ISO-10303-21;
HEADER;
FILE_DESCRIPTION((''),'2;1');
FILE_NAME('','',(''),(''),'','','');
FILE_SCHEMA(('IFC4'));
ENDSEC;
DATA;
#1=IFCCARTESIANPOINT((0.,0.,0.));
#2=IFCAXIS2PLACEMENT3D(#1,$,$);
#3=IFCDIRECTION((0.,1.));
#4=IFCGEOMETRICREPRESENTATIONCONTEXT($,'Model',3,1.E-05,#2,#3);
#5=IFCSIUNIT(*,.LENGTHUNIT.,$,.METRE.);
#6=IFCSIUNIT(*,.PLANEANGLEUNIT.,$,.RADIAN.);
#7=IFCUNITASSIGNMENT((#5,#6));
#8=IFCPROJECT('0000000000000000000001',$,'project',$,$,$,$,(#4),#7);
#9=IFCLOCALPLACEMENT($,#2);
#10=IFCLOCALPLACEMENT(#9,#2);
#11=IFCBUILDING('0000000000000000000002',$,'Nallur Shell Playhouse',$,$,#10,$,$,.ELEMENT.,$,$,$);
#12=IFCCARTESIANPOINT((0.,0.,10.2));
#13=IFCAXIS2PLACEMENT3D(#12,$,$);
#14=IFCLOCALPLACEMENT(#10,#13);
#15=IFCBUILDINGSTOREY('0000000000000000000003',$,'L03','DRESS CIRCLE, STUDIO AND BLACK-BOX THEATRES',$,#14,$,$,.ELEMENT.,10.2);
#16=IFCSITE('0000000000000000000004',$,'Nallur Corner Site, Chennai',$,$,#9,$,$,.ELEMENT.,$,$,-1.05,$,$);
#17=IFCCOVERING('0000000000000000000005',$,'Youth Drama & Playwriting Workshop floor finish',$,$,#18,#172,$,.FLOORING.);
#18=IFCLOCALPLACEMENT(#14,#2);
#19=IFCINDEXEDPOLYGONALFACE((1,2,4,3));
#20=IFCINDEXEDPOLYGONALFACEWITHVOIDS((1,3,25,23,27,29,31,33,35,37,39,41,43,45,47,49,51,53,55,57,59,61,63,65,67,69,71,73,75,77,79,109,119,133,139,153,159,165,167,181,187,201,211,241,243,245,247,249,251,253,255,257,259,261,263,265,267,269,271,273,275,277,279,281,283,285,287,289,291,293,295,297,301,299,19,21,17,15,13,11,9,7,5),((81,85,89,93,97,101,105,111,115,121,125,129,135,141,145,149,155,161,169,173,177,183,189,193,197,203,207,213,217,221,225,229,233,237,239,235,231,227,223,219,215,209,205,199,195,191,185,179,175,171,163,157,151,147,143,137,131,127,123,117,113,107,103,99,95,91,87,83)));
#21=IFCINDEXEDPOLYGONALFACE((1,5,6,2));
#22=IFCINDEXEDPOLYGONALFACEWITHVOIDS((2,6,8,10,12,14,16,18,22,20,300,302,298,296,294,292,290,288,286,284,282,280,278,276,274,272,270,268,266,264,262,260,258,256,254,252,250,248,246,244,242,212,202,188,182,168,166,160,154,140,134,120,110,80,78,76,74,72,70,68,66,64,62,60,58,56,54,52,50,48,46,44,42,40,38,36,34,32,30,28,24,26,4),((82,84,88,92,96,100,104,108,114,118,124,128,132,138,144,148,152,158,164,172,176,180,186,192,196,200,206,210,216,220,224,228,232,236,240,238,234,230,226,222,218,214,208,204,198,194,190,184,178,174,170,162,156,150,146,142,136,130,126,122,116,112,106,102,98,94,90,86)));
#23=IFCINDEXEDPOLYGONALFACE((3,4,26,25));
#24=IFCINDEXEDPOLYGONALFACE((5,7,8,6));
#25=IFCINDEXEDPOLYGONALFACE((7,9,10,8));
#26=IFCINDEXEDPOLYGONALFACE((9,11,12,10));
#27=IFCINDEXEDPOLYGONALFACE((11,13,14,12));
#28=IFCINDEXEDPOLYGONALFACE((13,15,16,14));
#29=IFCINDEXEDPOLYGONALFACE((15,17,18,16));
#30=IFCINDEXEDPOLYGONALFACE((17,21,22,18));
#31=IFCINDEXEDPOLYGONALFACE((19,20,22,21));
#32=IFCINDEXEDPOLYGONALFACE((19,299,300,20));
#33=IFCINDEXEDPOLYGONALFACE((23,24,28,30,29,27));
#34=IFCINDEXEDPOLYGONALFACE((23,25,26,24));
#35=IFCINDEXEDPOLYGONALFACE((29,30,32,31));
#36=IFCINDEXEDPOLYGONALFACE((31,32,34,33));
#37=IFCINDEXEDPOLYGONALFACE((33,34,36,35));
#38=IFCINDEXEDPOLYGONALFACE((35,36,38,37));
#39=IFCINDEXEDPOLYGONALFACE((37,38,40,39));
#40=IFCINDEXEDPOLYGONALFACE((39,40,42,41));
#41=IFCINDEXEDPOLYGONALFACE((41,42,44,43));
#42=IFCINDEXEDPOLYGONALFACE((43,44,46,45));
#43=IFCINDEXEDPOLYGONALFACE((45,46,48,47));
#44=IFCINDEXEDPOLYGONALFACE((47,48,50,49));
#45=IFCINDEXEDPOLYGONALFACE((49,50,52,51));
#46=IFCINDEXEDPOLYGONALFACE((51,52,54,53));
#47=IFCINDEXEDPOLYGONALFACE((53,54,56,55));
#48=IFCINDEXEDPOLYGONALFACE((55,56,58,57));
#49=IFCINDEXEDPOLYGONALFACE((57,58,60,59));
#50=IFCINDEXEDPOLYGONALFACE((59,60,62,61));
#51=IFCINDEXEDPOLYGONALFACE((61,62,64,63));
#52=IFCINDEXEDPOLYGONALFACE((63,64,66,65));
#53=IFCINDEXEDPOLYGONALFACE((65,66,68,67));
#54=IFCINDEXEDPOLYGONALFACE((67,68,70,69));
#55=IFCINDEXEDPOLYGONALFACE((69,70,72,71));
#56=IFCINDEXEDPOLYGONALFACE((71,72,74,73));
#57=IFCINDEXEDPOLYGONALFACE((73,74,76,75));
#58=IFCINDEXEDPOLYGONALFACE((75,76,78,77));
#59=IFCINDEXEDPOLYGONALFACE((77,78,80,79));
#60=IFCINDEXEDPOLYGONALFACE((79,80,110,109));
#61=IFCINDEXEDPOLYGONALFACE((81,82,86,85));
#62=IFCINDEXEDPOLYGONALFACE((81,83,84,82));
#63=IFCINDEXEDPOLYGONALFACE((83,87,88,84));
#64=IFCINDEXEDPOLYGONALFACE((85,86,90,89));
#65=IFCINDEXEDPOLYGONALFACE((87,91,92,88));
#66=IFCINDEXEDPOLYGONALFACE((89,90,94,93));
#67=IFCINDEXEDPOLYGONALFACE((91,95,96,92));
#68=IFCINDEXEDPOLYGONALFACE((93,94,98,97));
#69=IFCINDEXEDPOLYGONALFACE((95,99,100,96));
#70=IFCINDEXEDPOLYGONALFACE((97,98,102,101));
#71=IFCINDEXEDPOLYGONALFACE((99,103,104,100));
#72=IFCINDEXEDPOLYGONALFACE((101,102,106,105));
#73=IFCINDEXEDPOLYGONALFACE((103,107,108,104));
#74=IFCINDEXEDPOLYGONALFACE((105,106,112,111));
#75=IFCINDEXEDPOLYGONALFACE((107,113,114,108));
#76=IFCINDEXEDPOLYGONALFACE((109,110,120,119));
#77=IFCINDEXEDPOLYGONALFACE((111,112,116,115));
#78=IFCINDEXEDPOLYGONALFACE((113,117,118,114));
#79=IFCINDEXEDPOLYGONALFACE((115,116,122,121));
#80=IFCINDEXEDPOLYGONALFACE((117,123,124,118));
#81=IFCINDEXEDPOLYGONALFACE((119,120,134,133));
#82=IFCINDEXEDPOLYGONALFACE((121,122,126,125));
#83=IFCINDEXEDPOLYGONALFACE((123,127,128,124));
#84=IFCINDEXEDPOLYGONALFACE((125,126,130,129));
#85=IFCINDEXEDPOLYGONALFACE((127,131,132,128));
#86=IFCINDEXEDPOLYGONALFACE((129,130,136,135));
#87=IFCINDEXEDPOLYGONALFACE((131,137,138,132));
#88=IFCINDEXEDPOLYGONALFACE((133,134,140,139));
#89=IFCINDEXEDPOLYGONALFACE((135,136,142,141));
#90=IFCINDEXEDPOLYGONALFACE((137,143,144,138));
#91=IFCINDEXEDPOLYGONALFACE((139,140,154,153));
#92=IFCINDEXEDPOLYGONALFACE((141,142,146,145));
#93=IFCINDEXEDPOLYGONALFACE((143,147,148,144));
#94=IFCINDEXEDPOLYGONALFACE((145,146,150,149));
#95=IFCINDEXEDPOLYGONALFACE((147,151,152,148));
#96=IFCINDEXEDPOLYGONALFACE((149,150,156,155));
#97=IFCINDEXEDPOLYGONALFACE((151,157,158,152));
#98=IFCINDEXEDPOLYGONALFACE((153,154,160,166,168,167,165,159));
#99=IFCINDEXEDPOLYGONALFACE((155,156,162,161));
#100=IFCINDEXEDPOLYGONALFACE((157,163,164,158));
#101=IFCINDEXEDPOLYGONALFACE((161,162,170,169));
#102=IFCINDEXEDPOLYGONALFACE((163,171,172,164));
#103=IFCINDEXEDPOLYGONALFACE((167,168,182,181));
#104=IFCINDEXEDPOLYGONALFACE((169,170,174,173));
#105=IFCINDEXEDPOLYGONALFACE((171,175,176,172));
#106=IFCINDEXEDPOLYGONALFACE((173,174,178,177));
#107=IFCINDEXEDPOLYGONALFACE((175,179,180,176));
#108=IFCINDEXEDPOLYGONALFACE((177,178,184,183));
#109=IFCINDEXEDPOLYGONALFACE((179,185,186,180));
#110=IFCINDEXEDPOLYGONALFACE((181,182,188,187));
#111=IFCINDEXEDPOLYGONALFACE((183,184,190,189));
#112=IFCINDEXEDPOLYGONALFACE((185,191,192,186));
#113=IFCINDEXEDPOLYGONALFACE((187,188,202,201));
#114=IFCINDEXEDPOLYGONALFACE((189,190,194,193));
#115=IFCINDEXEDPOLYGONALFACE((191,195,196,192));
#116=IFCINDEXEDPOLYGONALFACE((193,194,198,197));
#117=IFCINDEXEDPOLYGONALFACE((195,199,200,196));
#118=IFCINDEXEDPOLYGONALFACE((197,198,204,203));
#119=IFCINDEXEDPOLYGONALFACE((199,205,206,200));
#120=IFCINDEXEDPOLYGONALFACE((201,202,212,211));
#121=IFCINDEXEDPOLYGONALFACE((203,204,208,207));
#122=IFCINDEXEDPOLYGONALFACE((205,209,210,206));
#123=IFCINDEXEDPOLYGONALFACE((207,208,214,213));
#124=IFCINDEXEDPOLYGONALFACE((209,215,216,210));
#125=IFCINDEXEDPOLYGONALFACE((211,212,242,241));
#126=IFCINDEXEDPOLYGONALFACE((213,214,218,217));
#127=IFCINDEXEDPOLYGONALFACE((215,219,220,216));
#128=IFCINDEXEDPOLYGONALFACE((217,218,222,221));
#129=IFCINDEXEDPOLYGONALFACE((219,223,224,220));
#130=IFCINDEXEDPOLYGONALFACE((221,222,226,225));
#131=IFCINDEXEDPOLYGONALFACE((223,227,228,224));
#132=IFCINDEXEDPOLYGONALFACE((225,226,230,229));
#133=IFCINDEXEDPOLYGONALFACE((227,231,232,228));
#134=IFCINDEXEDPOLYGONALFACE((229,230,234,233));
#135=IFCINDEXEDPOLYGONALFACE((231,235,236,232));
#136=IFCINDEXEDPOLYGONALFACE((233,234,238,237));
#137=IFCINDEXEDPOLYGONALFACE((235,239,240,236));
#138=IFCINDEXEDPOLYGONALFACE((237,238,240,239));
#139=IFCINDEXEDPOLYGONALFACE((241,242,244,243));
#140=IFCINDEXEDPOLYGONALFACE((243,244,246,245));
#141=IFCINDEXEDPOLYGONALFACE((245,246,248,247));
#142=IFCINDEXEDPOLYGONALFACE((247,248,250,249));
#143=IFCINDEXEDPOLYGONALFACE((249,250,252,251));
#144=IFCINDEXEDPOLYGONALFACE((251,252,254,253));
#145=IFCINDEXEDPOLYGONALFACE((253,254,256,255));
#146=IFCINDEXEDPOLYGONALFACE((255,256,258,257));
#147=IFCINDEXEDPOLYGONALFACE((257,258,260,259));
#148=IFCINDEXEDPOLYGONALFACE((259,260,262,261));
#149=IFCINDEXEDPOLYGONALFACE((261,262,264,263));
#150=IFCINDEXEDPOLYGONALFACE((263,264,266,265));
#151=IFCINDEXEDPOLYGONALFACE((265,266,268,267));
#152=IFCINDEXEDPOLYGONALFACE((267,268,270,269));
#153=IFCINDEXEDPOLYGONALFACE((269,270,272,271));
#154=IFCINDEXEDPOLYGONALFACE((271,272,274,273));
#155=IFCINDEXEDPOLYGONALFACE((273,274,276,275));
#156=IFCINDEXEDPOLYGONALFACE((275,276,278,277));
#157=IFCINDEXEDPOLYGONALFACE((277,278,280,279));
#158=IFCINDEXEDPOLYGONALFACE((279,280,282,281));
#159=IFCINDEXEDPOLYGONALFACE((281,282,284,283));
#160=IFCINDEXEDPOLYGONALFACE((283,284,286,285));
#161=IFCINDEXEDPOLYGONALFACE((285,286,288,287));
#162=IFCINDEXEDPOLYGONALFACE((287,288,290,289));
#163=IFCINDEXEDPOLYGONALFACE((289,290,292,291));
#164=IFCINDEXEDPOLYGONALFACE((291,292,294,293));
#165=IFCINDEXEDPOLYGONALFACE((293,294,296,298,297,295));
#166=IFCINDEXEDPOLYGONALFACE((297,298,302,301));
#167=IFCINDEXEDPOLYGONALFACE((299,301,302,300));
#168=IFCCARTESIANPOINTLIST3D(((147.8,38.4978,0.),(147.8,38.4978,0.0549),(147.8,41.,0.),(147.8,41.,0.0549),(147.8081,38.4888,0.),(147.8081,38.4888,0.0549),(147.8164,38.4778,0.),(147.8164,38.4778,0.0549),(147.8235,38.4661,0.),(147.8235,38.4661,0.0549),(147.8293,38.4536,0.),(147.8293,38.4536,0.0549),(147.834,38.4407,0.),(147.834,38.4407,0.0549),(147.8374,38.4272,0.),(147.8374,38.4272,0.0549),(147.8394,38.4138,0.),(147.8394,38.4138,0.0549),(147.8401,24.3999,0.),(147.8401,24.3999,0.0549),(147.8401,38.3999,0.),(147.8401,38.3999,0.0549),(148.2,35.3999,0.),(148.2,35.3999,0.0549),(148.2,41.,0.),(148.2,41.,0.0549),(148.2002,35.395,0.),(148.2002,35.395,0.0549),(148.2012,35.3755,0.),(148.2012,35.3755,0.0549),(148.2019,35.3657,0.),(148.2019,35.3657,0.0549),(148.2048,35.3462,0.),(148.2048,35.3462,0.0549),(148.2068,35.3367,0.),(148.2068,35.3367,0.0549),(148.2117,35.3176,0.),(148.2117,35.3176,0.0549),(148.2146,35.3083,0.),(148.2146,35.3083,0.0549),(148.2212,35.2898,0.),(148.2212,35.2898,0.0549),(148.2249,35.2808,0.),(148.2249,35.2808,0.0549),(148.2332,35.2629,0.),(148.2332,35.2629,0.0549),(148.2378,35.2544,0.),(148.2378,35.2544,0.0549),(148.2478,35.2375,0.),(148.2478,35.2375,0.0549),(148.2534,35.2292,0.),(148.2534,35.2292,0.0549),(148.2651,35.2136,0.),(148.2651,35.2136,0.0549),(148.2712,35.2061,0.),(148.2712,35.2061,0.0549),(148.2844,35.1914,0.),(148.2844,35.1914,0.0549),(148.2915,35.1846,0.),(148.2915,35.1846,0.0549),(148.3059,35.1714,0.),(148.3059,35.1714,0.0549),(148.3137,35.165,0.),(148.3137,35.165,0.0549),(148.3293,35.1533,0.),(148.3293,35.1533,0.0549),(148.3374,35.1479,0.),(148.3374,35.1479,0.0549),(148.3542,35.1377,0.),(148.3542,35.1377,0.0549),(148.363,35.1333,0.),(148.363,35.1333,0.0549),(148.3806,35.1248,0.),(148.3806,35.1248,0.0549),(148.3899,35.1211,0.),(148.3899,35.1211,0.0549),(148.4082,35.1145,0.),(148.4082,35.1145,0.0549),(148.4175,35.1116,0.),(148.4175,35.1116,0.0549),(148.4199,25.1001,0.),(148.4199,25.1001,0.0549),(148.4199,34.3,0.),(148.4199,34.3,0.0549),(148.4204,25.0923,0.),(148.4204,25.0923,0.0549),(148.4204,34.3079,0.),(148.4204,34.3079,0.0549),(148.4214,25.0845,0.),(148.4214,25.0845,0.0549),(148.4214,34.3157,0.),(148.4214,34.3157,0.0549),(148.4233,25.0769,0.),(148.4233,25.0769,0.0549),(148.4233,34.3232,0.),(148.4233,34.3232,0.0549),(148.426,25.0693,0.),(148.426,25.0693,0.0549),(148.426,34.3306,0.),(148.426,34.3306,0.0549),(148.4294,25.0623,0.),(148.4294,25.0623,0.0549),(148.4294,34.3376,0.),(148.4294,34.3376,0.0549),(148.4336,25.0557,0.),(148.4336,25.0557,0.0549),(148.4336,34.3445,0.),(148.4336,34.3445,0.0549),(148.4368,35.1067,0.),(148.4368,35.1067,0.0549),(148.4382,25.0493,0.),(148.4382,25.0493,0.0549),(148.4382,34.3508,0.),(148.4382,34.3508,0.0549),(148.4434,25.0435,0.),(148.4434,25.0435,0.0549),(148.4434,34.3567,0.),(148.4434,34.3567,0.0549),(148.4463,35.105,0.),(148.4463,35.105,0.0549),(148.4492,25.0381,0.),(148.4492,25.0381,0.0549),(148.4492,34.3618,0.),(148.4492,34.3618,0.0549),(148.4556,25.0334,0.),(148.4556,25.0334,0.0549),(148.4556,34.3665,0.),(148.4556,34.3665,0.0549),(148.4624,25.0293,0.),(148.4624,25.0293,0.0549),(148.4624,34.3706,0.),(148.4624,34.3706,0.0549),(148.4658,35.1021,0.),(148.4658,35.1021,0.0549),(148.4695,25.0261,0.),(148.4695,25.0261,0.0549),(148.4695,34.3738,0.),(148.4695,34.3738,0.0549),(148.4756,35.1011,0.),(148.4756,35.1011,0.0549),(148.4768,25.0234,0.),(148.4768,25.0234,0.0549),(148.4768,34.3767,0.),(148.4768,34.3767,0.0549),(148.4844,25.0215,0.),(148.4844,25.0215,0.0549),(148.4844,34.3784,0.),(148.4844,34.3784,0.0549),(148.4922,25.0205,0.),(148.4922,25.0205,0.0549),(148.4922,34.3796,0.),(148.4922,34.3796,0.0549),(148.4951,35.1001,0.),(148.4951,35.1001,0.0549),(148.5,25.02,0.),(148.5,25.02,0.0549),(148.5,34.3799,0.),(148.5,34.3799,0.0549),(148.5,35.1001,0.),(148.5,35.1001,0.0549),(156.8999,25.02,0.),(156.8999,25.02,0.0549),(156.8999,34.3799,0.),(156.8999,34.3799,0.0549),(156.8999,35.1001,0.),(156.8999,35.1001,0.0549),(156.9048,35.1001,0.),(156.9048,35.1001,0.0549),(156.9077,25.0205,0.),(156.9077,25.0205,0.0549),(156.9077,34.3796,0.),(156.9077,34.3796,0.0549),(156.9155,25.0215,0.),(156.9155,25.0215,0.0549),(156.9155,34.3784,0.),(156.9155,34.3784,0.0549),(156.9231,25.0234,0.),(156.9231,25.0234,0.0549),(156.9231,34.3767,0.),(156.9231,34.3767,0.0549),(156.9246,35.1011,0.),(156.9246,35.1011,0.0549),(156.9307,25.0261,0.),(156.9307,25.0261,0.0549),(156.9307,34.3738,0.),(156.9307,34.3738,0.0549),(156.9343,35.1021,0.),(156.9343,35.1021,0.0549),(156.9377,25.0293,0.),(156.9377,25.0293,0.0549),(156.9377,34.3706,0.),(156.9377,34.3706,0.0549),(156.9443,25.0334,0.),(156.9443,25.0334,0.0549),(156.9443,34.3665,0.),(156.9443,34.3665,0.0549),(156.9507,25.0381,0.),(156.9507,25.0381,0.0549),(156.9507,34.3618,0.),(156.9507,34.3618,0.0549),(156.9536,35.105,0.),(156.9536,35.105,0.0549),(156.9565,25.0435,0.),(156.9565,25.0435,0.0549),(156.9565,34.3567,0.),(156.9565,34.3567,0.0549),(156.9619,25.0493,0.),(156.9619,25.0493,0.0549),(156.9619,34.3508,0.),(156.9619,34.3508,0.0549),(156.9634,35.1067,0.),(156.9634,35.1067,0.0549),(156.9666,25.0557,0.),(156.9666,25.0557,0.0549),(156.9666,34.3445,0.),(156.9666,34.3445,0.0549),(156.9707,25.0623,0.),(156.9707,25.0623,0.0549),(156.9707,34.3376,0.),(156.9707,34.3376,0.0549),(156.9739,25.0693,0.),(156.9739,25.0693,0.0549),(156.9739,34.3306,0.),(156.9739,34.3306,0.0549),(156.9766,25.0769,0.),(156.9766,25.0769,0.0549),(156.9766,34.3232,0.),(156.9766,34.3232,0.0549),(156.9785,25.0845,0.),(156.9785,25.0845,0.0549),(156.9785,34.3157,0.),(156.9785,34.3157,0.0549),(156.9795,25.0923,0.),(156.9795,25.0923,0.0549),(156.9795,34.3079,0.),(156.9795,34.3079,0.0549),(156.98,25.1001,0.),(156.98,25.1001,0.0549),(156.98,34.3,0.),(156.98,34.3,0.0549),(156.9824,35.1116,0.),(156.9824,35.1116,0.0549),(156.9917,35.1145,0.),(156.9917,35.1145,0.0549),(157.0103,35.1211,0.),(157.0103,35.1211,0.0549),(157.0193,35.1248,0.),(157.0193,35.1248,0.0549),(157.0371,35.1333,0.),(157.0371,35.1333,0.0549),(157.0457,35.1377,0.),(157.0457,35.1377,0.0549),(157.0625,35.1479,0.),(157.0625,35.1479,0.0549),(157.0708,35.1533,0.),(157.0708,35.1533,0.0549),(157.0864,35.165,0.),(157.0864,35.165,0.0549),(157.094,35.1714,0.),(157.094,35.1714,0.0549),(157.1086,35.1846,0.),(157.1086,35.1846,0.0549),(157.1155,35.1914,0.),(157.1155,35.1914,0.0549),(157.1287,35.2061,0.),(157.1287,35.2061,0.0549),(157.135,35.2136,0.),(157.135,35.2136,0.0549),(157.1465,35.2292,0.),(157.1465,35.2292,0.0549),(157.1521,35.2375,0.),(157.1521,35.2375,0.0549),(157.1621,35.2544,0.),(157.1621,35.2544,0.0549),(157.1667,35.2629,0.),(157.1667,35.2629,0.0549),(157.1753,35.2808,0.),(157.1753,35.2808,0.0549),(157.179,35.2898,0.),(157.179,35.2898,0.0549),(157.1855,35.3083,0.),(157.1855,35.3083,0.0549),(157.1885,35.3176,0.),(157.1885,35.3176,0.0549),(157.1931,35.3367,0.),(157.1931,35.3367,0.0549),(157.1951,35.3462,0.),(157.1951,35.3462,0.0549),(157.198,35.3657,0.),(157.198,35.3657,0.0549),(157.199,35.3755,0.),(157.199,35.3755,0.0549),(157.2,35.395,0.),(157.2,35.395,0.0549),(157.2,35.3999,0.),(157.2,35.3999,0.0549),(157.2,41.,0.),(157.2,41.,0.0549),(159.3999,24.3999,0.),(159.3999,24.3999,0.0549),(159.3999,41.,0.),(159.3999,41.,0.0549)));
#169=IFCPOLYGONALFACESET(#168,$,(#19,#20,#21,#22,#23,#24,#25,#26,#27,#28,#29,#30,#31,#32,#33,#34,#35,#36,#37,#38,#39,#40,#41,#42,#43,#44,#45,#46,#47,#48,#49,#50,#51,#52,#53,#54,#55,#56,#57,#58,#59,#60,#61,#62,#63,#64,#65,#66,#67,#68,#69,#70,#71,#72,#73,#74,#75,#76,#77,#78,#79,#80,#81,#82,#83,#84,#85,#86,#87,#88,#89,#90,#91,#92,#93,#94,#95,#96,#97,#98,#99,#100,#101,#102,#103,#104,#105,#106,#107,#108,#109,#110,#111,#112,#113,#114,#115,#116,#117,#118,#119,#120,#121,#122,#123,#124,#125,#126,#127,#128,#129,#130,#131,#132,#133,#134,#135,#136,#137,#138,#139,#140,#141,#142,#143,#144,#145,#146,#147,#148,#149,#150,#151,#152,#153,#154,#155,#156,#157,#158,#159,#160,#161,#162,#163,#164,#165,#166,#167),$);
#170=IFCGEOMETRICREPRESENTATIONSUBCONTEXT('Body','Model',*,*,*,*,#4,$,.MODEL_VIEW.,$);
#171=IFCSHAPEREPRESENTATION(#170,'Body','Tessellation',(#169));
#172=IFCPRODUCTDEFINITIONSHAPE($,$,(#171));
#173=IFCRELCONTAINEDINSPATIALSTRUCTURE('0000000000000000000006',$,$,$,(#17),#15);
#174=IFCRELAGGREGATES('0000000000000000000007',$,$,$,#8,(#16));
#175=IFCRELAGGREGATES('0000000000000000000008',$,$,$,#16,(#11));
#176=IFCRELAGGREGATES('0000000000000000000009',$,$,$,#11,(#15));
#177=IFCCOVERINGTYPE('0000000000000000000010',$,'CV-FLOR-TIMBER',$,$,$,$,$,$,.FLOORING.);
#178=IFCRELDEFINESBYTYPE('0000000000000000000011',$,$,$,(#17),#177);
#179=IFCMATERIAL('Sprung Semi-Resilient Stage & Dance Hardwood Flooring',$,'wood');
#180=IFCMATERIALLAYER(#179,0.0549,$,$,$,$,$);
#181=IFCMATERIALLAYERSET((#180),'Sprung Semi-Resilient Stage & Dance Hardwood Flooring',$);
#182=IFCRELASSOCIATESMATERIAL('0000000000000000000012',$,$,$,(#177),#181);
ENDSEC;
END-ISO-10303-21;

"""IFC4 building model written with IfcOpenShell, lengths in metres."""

from ifc_helpers import new_model, si_unit, direction, frame, origin, place, context, subcontext, project, spatial, polyline, outline, extrude, material, layer, layer_set, type_object, element, save


model = new_model("IFC4")

# Units and contexts
model_context = context("Model", 3, precision=1e-05, world=origin(), true_north=direction((0.0, 1.0)))
body_context = subcontext(model_context, "Body", "Model", "MODEL_VIEW")
ifc_project = project(units=[si_unit("LENGTHUNIT", "METRE"), si_unit("PLANEANGLEUNIT", "RADIAN")], contexts=[model_context])

# Site, building, storey
site_placement = place(None, origin())
site = spatial("IfcSite", under=ifc_project, at=site_placement, Name="Nallur Corner Site, Chennai", CompositionType="ELEMENT", RefElevation=-1.05)
building_placement = place(site_placement, origin())
building = spatial("IfcBuilding", under=site, at=building_placement, Name="Nallur Shell Playhouse", CompositionType="ELEMENT")
storey_placement = place(building_placement, frame((0.0, 0.0, 10.2)))
storey = spatial("IfcBuildingStorey", under=building, at=storey_placement, Name="L03", Description="DRESS CIRCLE, STUDIO AND BLACK-BOX THEATRES", CompositionType="ELEMENT", Elevation=10.2)

# Covering
ifc_material_1 = material(Name="Sprung Semi-Resilient Stage & Dance Hardwood Flooring", Category="wood")
ifc_layer_1 = layer(ifc_material_1, 0.0549)
ifc_layer_set_1 = layer_set([ifc_layer_1], Name="Sprung Semi-Resilient Stage & Dance Hardwood Flooring")
covering_type_1 = type_object("IfcCoveringType", Name="CV-FLOR-TIMBER", PredefinedType="FLOORING", material=ifc_layer_set_1)
covering_1_placement = place(storey_placement, origin())
element("IfcCovering", 1, at=covering_1_placement, inside=storey, type_object=covering_type_1, Name="Youth Drama & Playwriting Workshop floor finish", PredefinedType="FLOORING", context=body_context, shape_type="SweptSolid", body=[
    extrude(outline(polyline([(147.8081, 38.4888), (147.8, 38.4978), (147.8, 41.0), (148.2, 41.0), (148.2, 35.3999), (148.2002, 35.395), (148.2012, 35.3755), (148.2019, 35.3657), (148.2048, 35.3462), (148.2068, 35.3367), (148.2117, 35.3176), (148.2146, 35.3083), (148.2212, 35.2898), (148.2249, 35.2808), (148.2332, 35.2629), (148.2378, 35.2544), (148.2478, 35.2375), (148.2534, 35.2292), (148.2651, 35.2136), (148.2712, 35.2061), (148.2844, 35.1914), (148.2915, 35.1846), (148.3059, 35.1714), (148.3137, 35.165), (148.3293, 35.1533), (148.3374, 35.1479), (148.3542, 35.1377), (148.363, 35.1333), (148.3806, 35.1248), (148.3899, 35.1211), (148.4082, 35.1145), (148.4175, 35.1116), (148.4368, 35.1067), (148.4463, 35.105), (148.4658, 35.1021), (148.4756, 35.1011), (148.4951, 35.1001), (148.5, 35.1001), (156.8999, 35.1001), (156.9048, 35.1001), (156.9246, 35.1011), (156.9343, 35.1021), (156.9536, 35.105), (156.9634, 35.1067), (156.9824, 35.1116), (156.9917, 35.1145), (157.0103, 35.1211), (157.0193, 35.1248), (157.0371, 35.1333), (157.0457, 35.1377), (157.0625, 35.1479), (157.0708, 35.1533), (157.0864, 35.165), (157.094, 35.1714), (157.1086, 35.1846), (157.1155, 35.1914), (157.1287, 35.2061), (157.135, 35.2136), (157.1465, 35.2292), (157.1521, 35.2375), (157.1621, 35.2544), (157.1667, 35.2629), (157.1753, 35.2808), (157.179, 35.2898), (157.1855, 35.3083), (157.1885, 35.3176), (157.1931, 35.3367), (157.1951, 35.3462), (157.198, 35.3657), (157.199, 35.3755), (157.2, 35.395), (157.2, 35.3999), (157.2, 41.0), (159.3999, 41.0), (159.3999, 24.3999), (147.8401, 24.3999), (147.8401, 38.3999), (147.8394, 38.4138), (147.8374, 38.4272), (147.834, 38.4407), (147.8293, 38.4536), (147.8235, 38.4661), (147.8164, 38.4778), (147.8081, 38.4888)]), holes=[polyline([(156.9155, 25.0215), (156.9231, 25.0234), (156.9307, 25.0261), (156.9377, 25.0293), (156.9443, 25.0334), (156.9507, 25.0381), (156.9565, 25.0435), (156.9619, 25.0493), (156.9666, 25.0557), (156.9707, 25.0623), (156.9739, 25.0693), (156.9766, 25.0769), (156.9785, 25.0845), (156.9795, 25.0923), (156.98, 25.1001), (156.98, 34.3), (156.9795, 34.3079), (156.9785, 34.3157), (156.9766, 34.3232), (156.9739, 34.3306), (156.9707, 34.3376), (156.9666, 34.3445), (156.9619, 34.3508), (156.9565, 34.3567), (156.9507, 34.3618), (156.9443, 34.3665), (156.9377, 34.3706), (156.9307, 34.3738), (156.9231, 34.3767), (156.9155, 34.3784), (156.9077, 34.3796), (156.8999, 34.3799), (148.5, 34.3799), (148.4922, 34.3796), (148.4844, 34.3784), (148.4768, 34.3767), (148.4695, 34.3738), (148.4624, 34.3706), (148.4556, 34.3665), (148.4492, 34.3618), (148.4434, 34.3567), (148.4382, 34.3508), (148.4336, 34.3445), (148.4294, 34.3376), (148.426, 34.3306), (148.4233, 34.3232), (148.4214, 34.3157), (148.4204, 34.3079), (148.4199, 34.3), (148.4199, 25.1001), (148.4204, 25.0923), (148.4214, 25.0845), (148.4233, 25.0769), (148.426, 25.0693), (148.4294, 25.0623), (148.4336, 25.0557), (148.4382, 25.0493), (148.4434, 25.0435), (148.4492, 25.0381), (148.4556, 25.0334), (148.4624, 25.0293), (148.4695, 25.0261), (148.4768, 25.0234), (148.4844, 25.0215), (148.4922, 25.0205), (148.5, 25.02), (156.8999, 25.02), (156.9077, 25.0205), (156.9155, 25.0215)])]), origin(), (0.0, 0.0, 1.0), 0.0549),
])

save(model, "model.ifc")
